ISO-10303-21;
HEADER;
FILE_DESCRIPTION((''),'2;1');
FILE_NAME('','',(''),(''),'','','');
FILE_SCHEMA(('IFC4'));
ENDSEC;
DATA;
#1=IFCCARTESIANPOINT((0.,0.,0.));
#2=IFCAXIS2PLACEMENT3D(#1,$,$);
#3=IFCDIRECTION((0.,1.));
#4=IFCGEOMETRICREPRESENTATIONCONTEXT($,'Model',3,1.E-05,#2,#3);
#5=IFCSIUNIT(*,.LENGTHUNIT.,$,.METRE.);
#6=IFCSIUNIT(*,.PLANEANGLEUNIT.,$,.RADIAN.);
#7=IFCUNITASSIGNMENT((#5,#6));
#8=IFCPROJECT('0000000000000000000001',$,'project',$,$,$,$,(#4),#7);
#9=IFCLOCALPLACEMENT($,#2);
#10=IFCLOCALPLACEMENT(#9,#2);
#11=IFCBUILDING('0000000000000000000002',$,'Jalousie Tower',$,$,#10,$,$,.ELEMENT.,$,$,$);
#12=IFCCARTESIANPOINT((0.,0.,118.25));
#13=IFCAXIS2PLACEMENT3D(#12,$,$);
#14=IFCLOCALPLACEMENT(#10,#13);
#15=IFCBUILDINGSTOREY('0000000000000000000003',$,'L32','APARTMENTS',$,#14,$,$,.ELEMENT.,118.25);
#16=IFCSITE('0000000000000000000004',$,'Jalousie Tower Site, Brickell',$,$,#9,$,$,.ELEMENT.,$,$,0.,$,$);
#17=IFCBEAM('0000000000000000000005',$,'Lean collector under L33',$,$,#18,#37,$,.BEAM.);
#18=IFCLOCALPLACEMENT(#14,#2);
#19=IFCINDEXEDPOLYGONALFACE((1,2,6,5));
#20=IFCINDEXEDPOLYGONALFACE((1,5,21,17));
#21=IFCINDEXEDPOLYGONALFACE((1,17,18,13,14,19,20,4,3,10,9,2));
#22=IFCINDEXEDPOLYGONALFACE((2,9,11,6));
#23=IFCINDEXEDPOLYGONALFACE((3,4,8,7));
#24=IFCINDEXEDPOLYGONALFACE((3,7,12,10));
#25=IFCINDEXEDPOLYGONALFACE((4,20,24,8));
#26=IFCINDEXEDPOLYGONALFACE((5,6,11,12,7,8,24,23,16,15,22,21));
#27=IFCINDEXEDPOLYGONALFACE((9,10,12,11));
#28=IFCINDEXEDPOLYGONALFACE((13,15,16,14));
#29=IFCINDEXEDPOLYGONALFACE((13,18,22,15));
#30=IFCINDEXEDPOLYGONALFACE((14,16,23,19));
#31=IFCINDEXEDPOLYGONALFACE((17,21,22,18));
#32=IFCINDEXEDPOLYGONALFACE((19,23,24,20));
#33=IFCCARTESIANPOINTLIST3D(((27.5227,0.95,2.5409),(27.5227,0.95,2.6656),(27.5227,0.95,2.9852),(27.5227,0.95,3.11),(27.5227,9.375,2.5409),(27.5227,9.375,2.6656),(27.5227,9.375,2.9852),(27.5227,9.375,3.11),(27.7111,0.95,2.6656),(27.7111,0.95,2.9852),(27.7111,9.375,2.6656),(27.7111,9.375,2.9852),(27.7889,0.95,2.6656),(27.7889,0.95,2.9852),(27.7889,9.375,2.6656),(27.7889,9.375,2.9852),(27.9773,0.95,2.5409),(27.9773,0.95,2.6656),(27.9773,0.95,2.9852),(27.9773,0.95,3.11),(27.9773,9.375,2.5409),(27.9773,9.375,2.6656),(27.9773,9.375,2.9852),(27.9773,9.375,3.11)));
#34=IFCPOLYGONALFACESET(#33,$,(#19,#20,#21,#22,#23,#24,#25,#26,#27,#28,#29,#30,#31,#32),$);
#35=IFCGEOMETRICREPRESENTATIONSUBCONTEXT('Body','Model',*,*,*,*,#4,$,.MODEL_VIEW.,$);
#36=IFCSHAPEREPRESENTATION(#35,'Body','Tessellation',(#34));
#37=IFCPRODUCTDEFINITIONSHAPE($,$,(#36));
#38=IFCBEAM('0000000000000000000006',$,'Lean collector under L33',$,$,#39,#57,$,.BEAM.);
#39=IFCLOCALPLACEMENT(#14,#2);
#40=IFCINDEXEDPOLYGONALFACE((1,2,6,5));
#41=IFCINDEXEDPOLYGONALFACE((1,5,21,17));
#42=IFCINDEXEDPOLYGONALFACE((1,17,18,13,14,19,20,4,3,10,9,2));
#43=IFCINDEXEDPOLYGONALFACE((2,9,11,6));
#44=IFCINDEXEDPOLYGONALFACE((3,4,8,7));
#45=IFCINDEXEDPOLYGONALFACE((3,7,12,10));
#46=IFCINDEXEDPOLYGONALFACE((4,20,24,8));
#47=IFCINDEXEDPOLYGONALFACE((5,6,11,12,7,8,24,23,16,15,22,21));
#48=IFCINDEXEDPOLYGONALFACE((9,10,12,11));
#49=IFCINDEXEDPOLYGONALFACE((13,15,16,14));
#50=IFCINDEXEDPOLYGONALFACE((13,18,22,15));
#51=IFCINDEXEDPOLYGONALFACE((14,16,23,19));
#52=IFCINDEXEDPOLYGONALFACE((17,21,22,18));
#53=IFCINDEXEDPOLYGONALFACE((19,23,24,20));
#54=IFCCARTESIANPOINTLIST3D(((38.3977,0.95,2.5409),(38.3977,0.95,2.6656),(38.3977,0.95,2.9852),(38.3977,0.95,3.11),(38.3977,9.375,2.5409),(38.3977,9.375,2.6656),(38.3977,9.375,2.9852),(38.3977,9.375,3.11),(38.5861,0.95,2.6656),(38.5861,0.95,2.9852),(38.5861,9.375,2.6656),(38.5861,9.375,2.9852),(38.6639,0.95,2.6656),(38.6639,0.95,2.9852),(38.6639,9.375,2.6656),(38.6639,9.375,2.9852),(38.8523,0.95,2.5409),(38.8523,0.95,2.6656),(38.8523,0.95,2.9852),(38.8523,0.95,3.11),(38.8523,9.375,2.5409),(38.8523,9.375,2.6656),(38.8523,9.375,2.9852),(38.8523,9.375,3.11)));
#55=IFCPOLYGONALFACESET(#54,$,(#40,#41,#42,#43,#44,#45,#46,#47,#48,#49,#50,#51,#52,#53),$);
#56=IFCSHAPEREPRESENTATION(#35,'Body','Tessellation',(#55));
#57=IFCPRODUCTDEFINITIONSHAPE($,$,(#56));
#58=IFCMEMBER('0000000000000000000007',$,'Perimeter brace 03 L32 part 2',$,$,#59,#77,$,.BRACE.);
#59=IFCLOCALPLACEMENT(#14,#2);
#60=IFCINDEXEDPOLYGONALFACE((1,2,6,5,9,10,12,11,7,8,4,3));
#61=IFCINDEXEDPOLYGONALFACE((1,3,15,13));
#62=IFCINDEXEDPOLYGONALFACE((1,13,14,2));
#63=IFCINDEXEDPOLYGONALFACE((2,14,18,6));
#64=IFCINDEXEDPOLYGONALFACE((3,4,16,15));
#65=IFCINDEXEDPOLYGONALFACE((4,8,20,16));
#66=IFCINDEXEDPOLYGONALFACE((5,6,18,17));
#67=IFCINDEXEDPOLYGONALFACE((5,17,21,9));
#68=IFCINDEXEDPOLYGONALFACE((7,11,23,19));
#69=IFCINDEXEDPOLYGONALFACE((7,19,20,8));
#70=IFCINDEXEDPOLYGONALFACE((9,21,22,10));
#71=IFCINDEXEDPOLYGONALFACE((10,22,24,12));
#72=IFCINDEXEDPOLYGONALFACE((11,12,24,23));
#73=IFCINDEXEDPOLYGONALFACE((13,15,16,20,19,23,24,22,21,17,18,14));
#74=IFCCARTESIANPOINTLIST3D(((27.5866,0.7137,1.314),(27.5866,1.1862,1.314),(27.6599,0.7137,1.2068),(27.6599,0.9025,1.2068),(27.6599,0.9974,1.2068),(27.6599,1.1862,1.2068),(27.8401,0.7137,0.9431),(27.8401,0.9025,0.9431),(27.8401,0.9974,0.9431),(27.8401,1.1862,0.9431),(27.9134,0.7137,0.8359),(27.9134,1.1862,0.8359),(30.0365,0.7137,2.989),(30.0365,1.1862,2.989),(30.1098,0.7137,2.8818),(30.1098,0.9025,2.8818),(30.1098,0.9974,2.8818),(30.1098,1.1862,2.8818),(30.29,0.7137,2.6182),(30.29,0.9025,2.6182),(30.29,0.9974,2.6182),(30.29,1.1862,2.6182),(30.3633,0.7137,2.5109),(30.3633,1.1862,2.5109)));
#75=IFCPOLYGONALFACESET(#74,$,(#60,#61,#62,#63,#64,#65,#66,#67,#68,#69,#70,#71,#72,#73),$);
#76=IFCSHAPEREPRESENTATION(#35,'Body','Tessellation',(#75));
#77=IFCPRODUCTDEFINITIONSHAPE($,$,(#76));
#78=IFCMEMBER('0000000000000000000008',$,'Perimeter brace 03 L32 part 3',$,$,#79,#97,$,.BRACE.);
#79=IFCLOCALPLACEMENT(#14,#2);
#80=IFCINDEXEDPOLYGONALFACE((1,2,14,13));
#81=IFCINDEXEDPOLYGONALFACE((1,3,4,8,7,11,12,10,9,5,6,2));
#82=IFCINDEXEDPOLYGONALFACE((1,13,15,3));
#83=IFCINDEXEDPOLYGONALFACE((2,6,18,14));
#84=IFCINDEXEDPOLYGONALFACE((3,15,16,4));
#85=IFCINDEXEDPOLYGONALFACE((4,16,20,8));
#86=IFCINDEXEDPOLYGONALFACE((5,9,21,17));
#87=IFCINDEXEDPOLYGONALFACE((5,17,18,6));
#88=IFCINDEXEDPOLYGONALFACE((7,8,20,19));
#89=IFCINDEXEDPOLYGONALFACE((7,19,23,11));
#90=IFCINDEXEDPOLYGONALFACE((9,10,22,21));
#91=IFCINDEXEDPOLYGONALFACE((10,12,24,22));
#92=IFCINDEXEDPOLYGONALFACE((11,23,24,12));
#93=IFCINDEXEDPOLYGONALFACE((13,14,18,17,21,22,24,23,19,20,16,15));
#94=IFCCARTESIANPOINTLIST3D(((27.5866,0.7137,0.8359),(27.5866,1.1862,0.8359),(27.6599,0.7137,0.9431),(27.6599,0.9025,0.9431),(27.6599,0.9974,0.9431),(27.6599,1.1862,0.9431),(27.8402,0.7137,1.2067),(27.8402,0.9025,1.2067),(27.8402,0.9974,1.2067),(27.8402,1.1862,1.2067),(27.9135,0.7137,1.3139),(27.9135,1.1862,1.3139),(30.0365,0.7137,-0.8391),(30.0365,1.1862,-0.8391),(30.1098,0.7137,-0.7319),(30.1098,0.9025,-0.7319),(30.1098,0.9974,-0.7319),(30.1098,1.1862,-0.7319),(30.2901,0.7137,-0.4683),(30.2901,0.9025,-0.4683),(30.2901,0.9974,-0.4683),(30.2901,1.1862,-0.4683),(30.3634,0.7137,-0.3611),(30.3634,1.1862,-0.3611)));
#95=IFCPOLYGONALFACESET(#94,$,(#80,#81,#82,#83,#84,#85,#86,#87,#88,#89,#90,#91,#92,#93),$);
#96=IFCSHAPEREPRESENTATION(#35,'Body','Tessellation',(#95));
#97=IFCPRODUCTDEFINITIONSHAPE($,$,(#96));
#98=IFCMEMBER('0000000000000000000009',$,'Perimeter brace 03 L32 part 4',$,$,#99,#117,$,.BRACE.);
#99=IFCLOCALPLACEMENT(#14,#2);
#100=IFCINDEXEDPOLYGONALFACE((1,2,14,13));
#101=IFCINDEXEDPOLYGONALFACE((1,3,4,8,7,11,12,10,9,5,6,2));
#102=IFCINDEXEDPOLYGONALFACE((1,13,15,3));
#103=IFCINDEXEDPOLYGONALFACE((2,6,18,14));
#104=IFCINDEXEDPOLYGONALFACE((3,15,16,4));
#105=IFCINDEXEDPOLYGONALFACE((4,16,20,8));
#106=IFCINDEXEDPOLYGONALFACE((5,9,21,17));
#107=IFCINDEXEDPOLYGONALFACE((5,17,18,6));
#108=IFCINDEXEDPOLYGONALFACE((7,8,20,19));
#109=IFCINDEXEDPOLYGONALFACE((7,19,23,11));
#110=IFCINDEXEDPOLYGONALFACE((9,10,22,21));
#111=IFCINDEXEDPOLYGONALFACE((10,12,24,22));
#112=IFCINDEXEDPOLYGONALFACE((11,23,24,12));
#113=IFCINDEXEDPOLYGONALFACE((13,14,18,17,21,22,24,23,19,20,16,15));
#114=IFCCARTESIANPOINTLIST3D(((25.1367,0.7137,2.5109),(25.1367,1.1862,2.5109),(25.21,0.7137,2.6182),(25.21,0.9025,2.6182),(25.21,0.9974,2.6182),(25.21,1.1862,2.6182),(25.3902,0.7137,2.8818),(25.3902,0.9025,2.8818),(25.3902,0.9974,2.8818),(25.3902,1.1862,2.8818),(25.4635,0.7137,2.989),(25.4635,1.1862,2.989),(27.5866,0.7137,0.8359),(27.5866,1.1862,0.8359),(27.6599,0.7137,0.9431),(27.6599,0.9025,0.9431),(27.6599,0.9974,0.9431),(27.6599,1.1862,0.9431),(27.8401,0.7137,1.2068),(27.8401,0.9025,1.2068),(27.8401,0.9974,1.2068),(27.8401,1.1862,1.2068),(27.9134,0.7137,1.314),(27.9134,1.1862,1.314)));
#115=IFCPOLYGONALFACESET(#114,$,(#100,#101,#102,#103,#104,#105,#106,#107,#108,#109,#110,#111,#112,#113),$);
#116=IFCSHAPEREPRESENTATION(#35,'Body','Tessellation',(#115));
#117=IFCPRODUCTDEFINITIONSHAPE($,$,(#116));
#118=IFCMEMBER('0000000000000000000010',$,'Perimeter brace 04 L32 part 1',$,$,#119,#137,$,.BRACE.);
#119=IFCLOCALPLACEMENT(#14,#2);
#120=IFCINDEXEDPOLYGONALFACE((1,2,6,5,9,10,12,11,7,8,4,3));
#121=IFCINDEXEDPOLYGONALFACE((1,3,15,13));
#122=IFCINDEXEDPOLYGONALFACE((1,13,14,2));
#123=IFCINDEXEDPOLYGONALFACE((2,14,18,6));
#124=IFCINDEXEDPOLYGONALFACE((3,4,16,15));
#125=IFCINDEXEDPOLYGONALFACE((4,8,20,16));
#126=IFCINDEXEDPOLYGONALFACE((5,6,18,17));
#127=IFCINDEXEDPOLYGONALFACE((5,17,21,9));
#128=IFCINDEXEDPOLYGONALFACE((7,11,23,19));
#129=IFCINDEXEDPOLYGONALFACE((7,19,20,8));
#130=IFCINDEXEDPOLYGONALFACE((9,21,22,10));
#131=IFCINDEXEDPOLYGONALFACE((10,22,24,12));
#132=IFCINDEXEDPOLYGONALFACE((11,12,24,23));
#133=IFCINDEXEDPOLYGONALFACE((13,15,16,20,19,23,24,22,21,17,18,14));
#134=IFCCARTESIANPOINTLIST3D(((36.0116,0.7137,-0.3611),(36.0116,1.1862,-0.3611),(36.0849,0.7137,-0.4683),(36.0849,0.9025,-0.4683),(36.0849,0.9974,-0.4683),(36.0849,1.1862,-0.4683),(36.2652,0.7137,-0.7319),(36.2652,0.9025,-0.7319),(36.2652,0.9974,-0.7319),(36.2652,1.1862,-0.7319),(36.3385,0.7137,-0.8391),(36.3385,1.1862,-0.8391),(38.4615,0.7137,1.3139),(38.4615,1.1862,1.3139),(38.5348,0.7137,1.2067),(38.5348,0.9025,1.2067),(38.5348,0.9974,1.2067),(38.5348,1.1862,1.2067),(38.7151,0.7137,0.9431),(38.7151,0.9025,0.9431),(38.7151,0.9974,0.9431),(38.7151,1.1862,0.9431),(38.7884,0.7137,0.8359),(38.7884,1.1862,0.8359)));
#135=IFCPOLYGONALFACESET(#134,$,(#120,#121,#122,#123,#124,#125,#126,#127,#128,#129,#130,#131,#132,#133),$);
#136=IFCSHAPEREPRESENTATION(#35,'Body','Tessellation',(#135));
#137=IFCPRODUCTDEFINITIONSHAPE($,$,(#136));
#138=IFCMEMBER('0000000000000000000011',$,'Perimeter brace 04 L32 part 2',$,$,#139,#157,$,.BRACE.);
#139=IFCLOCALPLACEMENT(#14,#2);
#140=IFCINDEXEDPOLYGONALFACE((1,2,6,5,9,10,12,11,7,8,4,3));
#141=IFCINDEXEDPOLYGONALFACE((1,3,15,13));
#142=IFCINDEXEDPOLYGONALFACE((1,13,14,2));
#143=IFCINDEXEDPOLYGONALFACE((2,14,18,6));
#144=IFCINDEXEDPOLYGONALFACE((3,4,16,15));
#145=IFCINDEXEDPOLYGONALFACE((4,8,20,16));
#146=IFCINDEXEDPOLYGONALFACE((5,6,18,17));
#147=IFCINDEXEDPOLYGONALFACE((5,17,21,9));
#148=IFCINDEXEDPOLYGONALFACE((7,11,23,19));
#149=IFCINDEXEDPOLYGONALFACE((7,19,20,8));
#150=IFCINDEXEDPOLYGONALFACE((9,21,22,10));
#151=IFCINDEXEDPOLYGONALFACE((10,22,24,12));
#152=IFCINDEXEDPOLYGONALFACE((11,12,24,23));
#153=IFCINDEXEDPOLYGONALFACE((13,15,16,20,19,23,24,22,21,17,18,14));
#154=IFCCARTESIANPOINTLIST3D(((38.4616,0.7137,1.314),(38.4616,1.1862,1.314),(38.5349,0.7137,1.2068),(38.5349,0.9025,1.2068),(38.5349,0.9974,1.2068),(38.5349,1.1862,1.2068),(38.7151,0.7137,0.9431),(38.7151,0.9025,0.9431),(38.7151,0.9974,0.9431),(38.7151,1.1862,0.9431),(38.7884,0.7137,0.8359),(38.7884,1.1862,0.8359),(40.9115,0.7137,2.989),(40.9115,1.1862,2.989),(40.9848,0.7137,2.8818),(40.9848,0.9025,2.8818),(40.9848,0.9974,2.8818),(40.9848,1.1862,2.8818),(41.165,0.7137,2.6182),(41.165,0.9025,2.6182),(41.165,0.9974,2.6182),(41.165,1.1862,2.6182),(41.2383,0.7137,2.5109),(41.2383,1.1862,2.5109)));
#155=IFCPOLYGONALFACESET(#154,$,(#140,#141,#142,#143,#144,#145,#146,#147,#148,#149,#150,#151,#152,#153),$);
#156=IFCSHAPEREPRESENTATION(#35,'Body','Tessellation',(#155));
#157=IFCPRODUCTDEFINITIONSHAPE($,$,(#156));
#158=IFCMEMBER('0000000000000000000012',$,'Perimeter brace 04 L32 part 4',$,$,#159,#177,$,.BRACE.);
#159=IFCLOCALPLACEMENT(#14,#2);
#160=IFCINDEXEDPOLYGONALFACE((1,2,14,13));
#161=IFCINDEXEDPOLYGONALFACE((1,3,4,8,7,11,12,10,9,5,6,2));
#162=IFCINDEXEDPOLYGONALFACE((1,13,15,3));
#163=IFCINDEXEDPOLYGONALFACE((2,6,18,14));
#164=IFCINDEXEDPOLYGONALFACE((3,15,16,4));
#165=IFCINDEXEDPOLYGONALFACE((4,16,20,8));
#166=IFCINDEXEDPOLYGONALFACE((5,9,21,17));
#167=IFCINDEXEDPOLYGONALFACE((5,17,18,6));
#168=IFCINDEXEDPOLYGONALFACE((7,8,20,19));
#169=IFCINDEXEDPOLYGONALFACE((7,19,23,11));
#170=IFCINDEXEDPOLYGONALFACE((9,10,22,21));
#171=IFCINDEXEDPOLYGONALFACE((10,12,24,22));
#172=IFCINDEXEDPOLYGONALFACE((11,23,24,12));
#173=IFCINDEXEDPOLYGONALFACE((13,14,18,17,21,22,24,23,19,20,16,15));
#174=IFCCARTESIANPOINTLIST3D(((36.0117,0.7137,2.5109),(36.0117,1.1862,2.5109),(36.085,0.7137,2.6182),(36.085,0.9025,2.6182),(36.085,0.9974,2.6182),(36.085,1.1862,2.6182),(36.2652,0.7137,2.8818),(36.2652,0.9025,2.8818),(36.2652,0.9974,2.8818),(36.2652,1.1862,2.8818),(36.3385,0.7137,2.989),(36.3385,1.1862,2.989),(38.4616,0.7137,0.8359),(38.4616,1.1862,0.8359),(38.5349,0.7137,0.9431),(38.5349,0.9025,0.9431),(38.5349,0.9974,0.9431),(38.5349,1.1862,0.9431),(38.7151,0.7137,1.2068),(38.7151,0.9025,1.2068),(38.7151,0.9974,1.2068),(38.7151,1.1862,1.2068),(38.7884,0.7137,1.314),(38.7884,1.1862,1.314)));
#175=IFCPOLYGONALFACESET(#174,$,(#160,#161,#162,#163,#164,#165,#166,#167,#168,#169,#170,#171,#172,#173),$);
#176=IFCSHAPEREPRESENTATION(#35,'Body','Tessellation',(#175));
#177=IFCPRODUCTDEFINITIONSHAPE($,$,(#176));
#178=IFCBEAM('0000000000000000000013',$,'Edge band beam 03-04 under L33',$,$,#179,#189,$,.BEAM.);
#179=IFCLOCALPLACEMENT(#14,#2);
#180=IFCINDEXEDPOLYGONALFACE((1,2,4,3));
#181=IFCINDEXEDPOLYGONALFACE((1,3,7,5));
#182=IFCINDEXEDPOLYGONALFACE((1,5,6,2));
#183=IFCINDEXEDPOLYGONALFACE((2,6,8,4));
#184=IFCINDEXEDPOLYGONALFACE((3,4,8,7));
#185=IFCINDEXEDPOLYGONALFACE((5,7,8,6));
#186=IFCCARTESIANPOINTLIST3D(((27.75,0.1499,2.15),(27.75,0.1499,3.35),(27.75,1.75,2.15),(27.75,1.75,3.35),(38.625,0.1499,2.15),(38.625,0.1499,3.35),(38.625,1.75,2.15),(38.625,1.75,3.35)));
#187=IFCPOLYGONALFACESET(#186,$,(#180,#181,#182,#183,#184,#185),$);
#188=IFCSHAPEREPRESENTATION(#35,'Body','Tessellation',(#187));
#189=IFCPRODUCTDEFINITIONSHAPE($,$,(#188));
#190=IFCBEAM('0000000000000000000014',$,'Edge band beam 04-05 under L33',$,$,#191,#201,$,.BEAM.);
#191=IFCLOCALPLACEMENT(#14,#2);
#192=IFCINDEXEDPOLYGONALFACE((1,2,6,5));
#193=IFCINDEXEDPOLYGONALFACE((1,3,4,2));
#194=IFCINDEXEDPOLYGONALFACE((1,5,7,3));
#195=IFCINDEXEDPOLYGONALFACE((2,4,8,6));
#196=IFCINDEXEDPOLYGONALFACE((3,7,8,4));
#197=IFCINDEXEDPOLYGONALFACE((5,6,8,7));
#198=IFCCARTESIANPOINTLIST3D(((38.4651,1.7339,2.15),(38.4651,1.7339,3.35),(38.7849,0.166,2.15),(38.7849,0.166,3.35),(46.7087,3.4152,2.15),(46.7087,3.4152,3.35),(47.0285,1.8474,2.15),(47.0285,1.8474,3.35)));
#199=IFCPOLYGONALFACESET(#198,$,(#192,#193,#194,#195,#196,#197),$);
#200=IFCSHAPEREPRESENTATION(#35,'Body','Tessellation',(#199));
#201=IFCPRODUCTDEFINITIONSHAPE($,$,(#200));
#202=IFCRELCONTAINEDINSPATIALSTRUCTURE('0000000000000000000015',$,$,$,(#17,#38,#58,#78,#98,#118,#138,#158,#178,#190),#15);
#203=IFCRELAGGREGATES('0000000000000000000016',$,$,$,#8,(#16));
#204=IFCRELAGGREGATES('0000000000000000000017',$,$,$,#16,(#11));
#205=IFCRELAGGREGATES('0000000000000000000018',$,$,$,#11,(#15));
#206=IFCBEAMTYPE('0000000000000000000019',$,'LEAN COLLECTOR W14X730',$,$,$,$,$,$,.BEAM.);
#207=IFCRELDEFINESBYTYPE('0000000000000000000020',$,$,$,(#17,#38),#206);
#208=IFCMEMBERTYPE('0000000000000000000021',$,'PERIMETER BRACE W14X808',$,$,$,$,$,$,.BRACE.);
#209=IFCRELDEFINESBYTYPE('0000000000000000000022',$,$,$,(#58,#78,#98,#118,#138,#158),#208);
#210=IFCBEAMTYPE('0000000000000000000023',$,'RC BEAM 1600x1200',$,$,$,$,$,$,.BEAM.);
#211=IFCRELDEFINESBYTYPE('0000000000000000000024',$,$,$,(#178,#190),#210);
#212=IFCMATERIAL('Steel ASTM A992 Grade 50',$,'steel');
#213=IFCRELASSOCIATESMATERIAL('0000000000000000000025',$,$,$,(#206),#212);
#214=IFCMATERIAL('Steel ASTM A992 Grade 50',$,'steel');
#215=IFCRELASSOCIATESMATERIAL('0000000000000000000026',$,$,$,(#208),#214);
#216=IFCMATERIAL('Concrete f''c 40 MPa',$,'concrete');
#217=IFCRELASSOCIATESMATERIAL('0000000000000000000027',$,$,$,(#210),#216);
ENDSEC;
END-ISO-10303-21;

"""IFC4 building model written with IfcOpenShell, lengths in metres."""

from ifc_helpers import new_model, si_unit, direction, frame, origin, origin_2d, place, context, subcontext, project, spatial, rectangle, i_section, extrude, material, material_profile, profile_set, type_object, element, save


model = new_model("IFC4")

# Units and contexts
model_context = context("Model", 3, precision=1e-05, world=origin(), true_north=direction((0.0, 1.0)))
body_context = subcontext(model_context, "Body", "Model", "MODEL_VIEW")
ifc_project = project(units=[si_unit("LENGTHUNIT", "METRE"), si_unit("PLANEANGLEUNIT", "RADIAN")], contexts=[model_context])

# Site, building, storey
site_placement = place(None, origin())
site = spatial("IfcSite", under=ifc_project, at=site_placement, Name="Jalousie Tower Site, Brickell", CompositionType="ELEMENT", RefElevation=0.0)
building_placement = place(site_placement, origin())
building = spatial("IfcBuilding", under=site, at=building_placement, Name="Jalousie Tower", CompositionType="ELEMENT")
storey_placement = place(building_placement, frame((0.0, 0.0, 118.25)))
storey = spatial("IfcBuildingStorey", under=building, at=storey_placement, Name="L32", Description="APARTMENTS", CompositionType="ELEMENT", Elevation=118.25)

# Beams
ifc_material_1 = material(Name="Steel ASTM A992 Grade 50", Category="steel")
ifc_material_profile_1 = material_profile(ifc_material_1, i_section(OverallWidth=0.4546, OverallDepth=0.5691, WebThickness=0.0779, FlangeThickness=0.1248, at=origin_2d()), Name="W14X730")
ifc_profile_set_1 = profile_set([ifc_material_profile_1], Name="Steel ASTM A992 Grade 50")
beam_type_1 = type_object("IfcBeamType", Name="LEAN COLLECTOR W14X730", PredefinedType="BEAM", material=ifc_profile_set_1)
for number, where, z_axis, x_axis, name in (
    (1, (27.75, 0.95, 2.8254), (0.0, 1.0, 0.0), (-1.0, 0.0, 0.0), "Lean collector under L33"),
    (2, (38.625, 0.95, 2.8254), (0.0, 1.0, 0.0), (-1.0, 0.0, 0.0), "Lean collector under L33"),
):
    element("IfcBeam", number, at=place(storey_placement, frame(where, z_axis=z_axis, x_axis=x_axis)), inside=storey, type_object=beam_type_1, Name=name, PredefinedType="BEAM", context=body_context, shape_type="SweptSolid", body=[
        extrude(i_section(OverallWidth=0.4546, OverallDepth=0.5691, WebThickness=0.0779, FlangeThickness=0.1248, at=origin_2d()), origin(), (0.0, 0.0, 1.0), 8.425),
    ])

# Members
ifc_material_2 = material(Name="Steel ASTM A992 Grade 50", Category="steel")
ifc_material_profile_2 = material_profile(ifc_material_2, i_section(OverallWidth=0.4724, OverallDepth=0.5791, WebThickness=0.095, FlangeThickness=0.1299, at=origin_2d()), Name="W14X808")
ifc_profile_set_2 = profile_set([ifc_material_profile_2], Name="Steel ASTM A992 Grade 50")
member_type_1 = type_object("IfcMemberType", Name="PERIMETER BRACE W14X808", PredefinedType="BRACE", material=ifc_profile_set_2)
for number, where, z_axis, x_axis, name in (
    (3, (27.75, 0.95, 1.075), (0.825501, 0.0, 0.564401), (0.0, 1.0, 0.0), "Perimeter brace 03 L32 part 2"),
    (4, (30.2, 0.95, -0.6001), (-0.825501, 0.0, 0.564401), (0.0, -1.0, 0.0), "Perimeter brace 03 L32 part 3"),
    (5, (27.75, 0.95, 1.075), (-0.825501, 0.0, 0.564401), (0.0, -1.0, 0.0), "Perimeter brace 03 L32 part 4"),
    (6, (36.175, 0.95, -0.6001), (0.825501, 0.0, 0.564401), (0.0, 1.0, 0.0), "Perimeter brace 04 L32 part 1"),
    (7, (38.625, 0.95, 1.075), (0.825501, 0.0, 0.564401), (0.0, 1.0, 0.0), "Perimeter brace 04 L32 part 2"),
    (8, (38.625, 0.95, 1.075), (-0.825501, 0.0, 0.564401), (0.0, -1.0, 0.0), "Perimeter brace 04 L32 part 4"),
):
    element("IfcMember", number, at=place(storey_placement, frame(where, z_axis=z_axis, x_axis=x_axis)), inside=storey, type_object=member_type_1, Name=name, PredefinedType="BRACE", context=body_context, shape_type="SweptSolid", body=[
        extrude(i_section(OverallWidth=0.4724, OverallDepth=0.5791, WebThickness=0.095, FlangeThickness=0.1299, at=origin_2d()), origin(), (0.0, 0.0, 1.0), 2.9678),
    ])

# Beams
ifc_material_3 = material(Name="Concrete f'c 40 MPa", Category="concrete")
ifc_material_profile_3 = material_profile(ifc_material_3, rectangle(XDim=1.6001, YDim=1.2, at=origin_2d()), Name="RC 1600x1200")
ifc_profile_set_3 = profile_set([ifc_material_profile_3], Name="Concrete f'c 40 MPa")
beam_type_2 = type_object("IfcBeamType", Name="RC BEAM 1600x1200", PredefinedType="BEAM", material=ifc_profile_set_3)
beam_1_placement = place(storey_placement, frame((27.75, 0.95, 2.75), z_axis=(1.0, 0.0, 0.0), x_axis=(0.0, 1.0, 0.0)))
element("IfcBeam", 9, at=beam_1_placement, inside=storey, type_object=beam_type_2, Name="Edge band beam 03-04 under L33", PredefinedType="BEAM", context=body_context, shape_type="SweptSolid", body=[
    extrude(rectangle(XDim=1.6001, YDim=1.2, at=origin_2d()), origin(), (0.0, 0.0, 1.0), 10.875),
])
beam_2_placement = place(storey_placement, frame((38.625, 0.95, 2.75), z_axis=(0.979827, 0.199848, 0.0), x_axis=(-0.199848, 0.979827, 0.0)))
element("IfcBeam", 10, at=beam_2_placement, inside=storey, type_object=beam_type_2, Name="Edge band beam 04-05 under L33", PredefinedType="BEAM", context=body_context, shape_type="SweptSolid", body=[
    extrude(rectangle(XDim=1.6001, YDim=1.2, at=origin_2d()), origin(), (0.0, 0.0, 1.0), 8.4133),
])

save(model, "model.ifc")
